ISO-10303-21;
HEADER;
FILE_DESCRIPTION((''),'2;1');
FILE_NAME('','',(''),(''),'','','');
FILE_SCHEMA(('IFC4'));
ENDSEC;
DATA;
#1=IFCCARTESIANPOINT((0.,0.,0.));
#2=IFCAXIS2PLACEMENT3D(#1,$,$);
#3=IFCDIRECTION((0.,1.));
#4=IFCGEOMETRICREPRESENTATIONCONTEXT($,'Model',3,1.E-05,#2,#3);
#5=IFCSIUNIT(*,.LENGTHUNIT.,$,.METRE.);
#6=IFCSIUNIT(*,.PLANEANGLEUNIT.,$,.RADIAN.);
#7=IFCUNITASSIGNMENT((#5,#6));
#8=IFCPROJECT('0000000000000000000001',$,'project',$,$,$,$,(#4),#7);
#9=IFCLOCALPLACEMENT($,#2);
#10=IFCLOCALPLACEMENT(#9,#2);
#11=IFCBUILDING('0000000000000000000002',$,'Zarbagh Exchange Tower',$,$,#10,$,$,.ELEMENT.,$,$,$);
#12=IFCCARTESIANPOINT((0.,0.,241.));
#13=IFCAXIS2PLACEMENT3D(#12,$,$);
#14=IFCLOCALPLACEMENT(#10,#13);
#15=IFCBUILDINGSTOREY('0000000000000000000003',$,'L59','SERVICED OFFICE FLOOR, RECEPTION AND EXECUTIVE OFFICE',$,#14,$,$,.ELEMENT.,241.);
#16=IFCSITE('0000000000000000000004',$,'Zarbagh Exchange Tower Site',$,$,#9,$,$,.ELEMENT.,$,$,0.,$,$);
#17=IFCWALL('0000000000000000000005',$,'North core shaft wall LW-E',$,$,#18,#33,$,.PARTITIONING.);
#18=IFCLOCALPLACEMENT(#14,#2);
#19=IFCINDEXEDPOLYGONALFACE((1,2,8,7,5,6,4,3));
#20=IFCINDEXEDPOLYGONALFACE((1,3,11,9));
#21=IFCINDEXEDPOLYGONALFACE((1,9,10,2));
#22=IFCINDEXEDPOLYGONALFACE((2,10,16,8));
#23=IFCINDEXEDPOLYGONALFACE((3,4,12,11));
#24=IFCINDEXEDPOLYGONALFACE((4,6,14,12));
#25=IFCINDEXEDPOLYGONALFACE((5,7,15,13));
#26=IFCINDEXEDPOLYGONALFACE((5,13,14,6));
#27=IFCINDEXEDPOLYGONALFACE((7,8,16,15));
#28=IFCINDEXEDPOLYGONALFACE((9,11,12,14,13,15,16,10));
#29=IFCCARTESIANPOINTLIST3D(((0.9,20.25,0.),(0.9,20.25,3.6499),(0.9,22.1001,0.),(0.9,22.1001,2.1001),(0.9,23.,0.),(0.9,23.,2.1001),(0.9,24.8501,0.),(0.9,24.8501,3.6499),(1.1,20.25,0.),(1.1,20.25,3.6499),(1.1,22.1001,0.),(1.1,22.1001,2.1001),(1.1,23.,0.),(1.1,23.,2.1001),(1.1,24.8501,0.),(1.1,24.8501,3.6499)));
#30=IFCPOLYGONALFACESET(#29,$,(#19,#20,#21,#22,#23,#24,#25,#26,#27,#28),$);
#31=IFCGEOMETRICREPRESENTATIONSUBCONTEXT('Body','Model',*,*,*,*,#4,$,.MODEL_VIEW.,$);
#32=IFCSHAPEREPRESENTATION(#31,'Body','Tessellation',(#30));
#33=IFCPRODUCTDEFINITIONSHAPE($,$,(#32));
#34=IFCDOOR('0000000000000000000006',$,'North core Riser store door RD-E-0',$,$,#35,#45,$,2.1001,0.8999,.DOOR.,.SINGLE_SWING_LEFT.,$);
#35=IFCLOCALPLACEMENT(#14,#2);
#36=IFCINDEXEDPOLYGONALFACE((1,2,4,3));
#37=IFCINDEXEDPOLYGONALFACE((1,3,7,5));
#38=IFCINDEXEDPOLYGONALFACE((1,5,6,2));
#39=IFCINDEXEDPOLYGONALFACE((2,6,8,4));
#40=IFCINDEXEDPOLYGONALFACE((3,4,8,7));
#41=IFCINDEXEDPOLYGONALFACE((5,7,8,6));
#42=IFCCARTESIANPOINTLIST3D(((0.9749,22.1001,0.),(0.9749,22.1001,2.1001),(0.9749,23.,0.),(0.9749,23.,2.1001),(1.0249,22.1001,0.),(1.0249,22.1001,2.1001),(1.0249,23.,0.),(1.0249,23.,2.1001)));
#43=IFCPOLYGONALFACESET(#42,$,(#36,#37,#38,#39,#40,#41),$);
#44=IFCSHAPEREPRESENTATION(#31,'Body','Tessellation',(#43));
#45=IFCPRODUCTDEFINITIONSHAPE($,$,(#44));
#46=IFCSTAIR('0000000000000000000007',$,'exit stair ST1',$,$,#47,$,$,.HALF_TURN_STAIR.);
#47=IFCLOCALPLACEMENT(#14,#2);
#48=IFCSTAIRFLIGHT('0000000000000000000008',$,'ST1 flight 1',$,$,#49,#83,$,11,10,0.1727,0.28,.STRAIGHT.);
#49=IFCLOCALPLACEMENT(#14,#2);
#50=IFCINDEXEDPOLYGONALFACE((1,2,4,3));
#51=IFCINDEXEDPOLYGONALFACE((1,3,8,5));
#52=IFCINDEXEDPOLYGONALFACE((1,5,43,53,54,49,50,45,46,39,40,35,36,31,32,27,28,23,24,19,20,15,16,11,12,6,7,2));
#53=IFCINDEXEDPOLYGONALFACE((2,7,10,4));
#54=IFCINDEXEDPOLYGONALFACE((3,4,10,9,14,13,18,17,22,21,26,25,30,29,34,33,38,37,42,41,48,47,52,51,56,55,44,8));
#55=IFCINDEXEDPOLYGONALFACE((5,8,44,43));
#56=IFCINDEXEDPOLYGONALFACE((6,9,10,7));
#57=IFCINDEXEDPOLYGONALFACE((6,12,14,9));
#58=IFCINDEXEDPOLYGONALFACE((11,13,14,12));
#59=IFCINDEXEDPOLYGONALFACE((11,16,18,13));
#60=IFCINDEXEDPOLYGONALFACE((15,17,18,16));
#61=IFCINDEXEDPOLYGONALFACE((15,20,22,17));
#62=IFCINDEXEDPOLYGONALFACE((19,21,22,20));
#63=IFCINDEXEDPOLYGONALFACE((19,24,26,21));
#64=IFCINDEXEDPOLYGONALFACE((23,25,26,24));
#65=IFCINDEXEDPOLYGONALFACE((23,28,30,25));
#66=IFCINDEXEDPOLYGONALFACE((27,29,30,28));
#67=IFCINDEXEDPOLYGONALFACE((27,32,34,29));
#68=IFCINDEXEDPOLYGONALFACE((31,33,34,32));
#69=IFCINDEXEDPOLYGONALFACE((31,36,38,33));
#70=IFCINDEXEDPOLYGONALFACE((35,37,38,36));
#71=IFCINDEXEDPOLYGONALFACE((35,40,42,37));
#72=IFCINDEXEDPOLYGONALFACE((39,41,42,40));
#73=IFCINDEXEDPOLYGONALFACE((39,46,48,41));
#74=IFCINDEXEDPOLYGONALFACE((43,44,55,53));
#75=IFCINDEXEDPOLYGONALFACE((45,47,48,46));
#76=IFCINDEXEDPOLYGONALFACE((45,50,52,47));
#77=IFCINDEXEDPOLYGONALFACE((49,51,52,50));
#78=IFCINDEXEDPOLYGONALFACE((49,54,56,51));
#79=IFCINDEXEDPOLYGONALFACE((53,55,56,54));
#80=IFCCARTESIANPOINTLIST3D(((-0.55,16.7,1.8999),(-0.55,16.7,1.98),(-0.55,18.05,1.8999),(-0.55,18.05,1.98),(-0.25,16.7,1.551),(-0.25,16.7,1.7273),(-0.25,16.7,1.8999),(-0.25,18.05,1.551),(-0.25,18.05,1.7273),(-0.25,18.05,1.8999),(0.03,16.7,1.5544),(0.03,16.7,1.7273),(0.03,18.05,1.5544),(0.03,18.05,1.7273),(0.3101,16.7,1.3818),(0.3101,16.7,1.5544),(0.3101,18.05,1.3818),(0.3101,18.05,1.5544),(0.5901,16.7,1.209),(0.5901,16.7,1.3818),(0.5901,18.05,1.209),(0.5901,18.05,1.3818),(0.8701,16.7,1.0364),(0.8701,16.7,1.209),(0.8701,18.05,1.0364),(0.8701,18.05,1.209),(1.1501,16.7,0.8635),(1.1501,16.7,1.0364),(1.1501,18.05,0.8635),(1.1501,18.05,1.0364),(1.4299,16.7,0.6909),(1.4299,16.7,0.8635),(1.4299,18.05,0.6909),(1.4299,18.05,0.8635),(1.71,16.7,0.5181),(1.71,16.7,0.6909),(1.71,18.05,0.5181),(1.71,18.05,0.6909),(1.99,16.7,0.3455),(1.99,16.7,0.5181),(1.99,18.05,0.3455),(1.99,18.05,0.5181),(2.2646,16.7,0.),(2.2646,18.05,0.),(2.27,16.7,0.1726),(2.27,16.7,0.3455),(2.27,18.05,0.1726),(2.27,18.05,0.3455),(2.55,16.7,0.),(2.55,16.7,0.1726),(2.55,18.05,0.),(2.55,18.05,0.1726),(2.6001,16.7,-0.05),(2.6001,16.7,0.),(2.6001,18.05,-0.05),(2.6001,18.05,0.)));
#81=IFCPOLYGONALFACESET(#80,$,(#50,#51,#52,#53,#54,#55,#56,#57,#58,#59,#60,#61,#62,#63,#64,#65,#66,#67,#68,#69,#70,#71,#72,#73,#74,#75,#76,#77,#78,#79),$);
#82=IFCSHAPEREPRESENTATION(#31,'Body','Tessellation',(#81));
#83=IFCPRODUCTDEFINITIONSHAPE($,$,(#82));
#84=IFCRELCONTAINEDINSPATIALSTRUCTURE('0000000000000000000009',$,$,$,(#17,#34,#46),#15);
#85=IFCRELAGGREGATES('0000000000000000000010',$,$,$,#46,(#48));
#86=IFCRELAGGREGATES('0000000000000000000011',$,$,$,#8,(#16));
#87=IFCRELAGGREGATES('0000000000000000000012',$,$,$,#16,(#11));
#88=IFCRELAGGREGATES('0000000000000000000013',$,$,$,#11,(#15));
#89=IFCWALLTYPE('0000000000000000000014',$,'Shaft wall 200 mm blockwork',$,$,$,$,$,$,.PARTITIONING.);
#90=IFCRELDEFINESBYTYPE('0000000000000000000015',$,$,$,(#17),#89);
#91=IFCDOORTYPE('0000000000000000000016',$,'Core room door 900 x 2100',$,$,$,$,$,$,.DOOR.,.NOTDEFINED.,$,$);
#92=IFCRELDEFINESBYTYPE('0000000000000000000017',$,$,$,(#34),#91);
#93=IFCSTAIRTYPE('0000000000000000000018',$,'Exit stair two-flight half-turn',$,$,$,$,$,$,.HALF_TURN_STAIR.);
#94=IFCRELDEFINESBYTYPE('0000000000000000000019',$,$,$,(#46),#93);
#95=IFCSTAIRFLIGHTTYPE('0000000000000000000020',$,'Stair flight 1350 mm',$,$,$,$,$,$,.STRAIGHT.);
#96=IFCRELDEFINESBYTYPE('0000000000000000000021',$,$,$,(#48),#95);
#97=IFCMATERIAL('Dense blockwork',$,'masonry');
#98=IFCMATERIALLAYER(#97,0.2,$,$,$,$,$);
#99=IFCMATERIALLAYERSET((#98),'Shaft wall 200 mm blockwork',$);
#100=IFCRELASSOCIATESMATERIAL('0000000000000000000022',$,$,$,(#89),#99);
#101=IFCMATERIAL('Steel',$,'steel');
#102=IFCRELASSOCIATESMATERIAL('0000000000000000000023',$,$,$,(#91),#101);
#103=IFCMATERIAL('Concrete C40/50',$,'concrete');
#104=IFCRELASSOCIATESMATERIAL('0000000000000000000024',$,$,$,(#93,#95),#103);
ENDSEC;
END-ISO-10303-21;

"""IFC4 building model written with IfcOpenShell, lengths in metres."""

from ifc_helpers import new_model, si_unit, direction, frame, frame_2d, origin, place, context, subcontext, project, spatial, polyline, rectangle, outline, extrude, material, layer, layer_set, type_object, element, fill, aggregate, save


model = new_model("IFC4")

# Units and contexts
model_context = context("Model", 3, precision=1e-05, world=origin(), true_north=direction((0.0, 1.0)))
body_context = subcontext(model_context, "Body", "Model", "MODEL_VIEW")
ifc_project = project(units=[si_unit("LENGTHUNIT", "METRE"), si_unit("PLANEANGLEUNIT", "RADIAN")], contexts=[model_context])

# Site, building, storey
site_placement = place(None, origin())
site = spatial("IfcSite", under=ifc_project, at=site_placement, Name="Zarbagh Exchange Tower Site", CompositionType="ELEMENT", RefElevation=0.0)
building_placement = place(site_placement, origin())
building = spatial("IfcBuilding", under=site, at=building_placement, Name="Zarbagh Exchange Tower", CompositionType="ELEMENT")
storey_placement = place(building_placement, frame((0.0, 0.0, 241.0)))
storey = spatial("IfcBuildingStorey", under=building, at=storey_placement, Name="L59", Description="SERVICED OFFICE FLOOR, RECEPTION AND EXECUTIVE OFFICE", CompositionType="ELEMENT", Elevation=241.0)

# Shared definitions
ifc_material_1 = material(Name="Steel", Category="steel")

# Wall, opening, door
ifc_material_2 = material(Name="Dense blockwork", Category="masonry")
ifc_layer_1 = layer(ifc_material_2, 0.2)
ifc_layer_set_1 = layer_set([ifc_layer_1], Name="Shaft wall 200 mm blockwork")
wall_type_1 = type_object("IfcWallType", Name="Shaft wall 200 mm blockwork", PredefinedType="PARTITIONING", material=ifc_layer_set_1)
wall_1_placement = place(storey_placement, frame((1.0, 24.8501, 0.0), z_axis=(0.0, 0.0, 1.0), x_axis=(0.0, -1.0, 0.0)))
wall_1 = element("IfcWall", 1, at=wall_1_placement, inside=storey, type_object=wall_type_1, Name="North core shaft wall LW-E", PredefinedType="PARTITIONING", context=body_context, shape_type="SweptSolid", body=[
    extrude(rectangle(XDim=4.6001, YDim=0.2, at=frame_2d((2.3, 0.0))), origin(), (0.0, 0.0, 1.0), 3.6499),
])
opening_1_placement = place(wall_1_placement, frame((1.8501, 0.0, 0.0)))
opening_1 = element("IfcOpeningElement", 2, at=opening_1_placement, cuts=wall_1, PredefinedType="OPENING", context=body_context, shape_type="SweptSolid", body=[
    extrude(rectangle(XDim=0.8999, YDim=2.1001, at=frame_2d((0.45, 1.05))), frame((0.0, 0.1099, 0.0), z_axis=(0.0, -1.0, 0.0), x_axis=(1.0, 0.0, 0.0)), (0.0, 0.0, 1.0), 0.22),
])
door_type_1 = type_object("IfcDoorType", Name="Core room door 900 x 2100", OperationType="NOTDEFINED", PredefinedType="DOOR", material=ifc_material_1)
door_1_placement = place(opening_1_placement, origin())
door_1 = element("IfcDoor", 3, at=door_1_placement, inside=storey, type_object=door_type_1, Name="North core Riser store door RD-E-0", OperationType="SINGLE_SWING_LEFT", OverallHeight=2.1001, OverallWidth=0.8999, PredefinedType="DOOR", context=body_context, shape_type="SweptSolid", body=[
    extrude(rectangle(XDim=0.8999, YDim=2.1001, at=frame_2d((0.45, 1.05))), frame((0.0, 0.0249, 0.0), z_axis=(0.0, -1.0, 0.0), x_axis=(1.0, 0.0, 0.0)), (0.0, 0.0, 1.0), 0.05),
])
fill(opening_1, door_1)

# Stair, stair flight
ifc_material_3 = material(Name="Concrete C40/50", Category="concrete")
stair_type = type_object("IfcStairType", Name="Exit stair two-flight half-turn", PredefinedType="HALF_TURN_STAIR", material=ifc_material_3)
stair_placement = place(storey_placement, origin())
stair = element("IfcStair", 4, at=stair_placement, inside=storey, type_object=stair_type, Name="exit stair ST1", PredefinedType="HALF_TURN_STAIR")
stair_flight_type = type_object("IfcStairFlightType", Name="Stair flight 1350 mm", PredefinedType="STRAIGHT", material=ifc_material_3)
stair_flight_placement = place(storey_placement, frame((2.55, 17.375, 0.0), z_axis=(0.0, 0.0, 1.0), x_axis=(-1.0, 0.0, 0.0)))
stair_flight = element("IfcStairFlight", 5, at=stair_flight_placement, type_object=stair_flight_type, Name="ST1 flight 1", NumberOfRisers=11, NumberOfTreads=10, PredefinedType="STRAIGHT", RiserHeight=0.1727, TreadLength=0.28, context=body_context, shape_type="SweptSolid", body=[
    extrude(outline(polyline([(-0.05, -0.05), (-0.05, 0.0), (0.0, 0.0), (0.0, 0.1726), (0.28, 0.1726), (0.28, 0.3455), (0.5601, 0.3455), (0.5601, 0.5181), (0.8401, 0.5181), (0.8401, 0.6909), (1.1201, 0.6909), (1.1201, 0.8635), (1.3999, 0.8635), (1.3999, 1.0364), (1.6799, 1.0364), (1.6799, 1.209), (1.96, 1.209), (1.96, 1.3818), (2.24, 1.3818), (2.24, 1.5544), (2.52, 1.5544), (2.52, 1.7273), (2.8, 1.7273), (2.8, 1.8999), (3.1001, 1.98), (3.1001, 1.8999), (2.8, 1.551), (0.2854, 0.0), (-0.05, -0.05)])), frame((0.0, 0.675, 0.0), z_axis=(0.0, -1.0, 0.0), x_axis=(1.0, 0.0, 0.0)), (0.0, 0.0, 1.0), 1.3501),
])
aggregate(stair, [stair_flight])

save(model, "model.ifc")
